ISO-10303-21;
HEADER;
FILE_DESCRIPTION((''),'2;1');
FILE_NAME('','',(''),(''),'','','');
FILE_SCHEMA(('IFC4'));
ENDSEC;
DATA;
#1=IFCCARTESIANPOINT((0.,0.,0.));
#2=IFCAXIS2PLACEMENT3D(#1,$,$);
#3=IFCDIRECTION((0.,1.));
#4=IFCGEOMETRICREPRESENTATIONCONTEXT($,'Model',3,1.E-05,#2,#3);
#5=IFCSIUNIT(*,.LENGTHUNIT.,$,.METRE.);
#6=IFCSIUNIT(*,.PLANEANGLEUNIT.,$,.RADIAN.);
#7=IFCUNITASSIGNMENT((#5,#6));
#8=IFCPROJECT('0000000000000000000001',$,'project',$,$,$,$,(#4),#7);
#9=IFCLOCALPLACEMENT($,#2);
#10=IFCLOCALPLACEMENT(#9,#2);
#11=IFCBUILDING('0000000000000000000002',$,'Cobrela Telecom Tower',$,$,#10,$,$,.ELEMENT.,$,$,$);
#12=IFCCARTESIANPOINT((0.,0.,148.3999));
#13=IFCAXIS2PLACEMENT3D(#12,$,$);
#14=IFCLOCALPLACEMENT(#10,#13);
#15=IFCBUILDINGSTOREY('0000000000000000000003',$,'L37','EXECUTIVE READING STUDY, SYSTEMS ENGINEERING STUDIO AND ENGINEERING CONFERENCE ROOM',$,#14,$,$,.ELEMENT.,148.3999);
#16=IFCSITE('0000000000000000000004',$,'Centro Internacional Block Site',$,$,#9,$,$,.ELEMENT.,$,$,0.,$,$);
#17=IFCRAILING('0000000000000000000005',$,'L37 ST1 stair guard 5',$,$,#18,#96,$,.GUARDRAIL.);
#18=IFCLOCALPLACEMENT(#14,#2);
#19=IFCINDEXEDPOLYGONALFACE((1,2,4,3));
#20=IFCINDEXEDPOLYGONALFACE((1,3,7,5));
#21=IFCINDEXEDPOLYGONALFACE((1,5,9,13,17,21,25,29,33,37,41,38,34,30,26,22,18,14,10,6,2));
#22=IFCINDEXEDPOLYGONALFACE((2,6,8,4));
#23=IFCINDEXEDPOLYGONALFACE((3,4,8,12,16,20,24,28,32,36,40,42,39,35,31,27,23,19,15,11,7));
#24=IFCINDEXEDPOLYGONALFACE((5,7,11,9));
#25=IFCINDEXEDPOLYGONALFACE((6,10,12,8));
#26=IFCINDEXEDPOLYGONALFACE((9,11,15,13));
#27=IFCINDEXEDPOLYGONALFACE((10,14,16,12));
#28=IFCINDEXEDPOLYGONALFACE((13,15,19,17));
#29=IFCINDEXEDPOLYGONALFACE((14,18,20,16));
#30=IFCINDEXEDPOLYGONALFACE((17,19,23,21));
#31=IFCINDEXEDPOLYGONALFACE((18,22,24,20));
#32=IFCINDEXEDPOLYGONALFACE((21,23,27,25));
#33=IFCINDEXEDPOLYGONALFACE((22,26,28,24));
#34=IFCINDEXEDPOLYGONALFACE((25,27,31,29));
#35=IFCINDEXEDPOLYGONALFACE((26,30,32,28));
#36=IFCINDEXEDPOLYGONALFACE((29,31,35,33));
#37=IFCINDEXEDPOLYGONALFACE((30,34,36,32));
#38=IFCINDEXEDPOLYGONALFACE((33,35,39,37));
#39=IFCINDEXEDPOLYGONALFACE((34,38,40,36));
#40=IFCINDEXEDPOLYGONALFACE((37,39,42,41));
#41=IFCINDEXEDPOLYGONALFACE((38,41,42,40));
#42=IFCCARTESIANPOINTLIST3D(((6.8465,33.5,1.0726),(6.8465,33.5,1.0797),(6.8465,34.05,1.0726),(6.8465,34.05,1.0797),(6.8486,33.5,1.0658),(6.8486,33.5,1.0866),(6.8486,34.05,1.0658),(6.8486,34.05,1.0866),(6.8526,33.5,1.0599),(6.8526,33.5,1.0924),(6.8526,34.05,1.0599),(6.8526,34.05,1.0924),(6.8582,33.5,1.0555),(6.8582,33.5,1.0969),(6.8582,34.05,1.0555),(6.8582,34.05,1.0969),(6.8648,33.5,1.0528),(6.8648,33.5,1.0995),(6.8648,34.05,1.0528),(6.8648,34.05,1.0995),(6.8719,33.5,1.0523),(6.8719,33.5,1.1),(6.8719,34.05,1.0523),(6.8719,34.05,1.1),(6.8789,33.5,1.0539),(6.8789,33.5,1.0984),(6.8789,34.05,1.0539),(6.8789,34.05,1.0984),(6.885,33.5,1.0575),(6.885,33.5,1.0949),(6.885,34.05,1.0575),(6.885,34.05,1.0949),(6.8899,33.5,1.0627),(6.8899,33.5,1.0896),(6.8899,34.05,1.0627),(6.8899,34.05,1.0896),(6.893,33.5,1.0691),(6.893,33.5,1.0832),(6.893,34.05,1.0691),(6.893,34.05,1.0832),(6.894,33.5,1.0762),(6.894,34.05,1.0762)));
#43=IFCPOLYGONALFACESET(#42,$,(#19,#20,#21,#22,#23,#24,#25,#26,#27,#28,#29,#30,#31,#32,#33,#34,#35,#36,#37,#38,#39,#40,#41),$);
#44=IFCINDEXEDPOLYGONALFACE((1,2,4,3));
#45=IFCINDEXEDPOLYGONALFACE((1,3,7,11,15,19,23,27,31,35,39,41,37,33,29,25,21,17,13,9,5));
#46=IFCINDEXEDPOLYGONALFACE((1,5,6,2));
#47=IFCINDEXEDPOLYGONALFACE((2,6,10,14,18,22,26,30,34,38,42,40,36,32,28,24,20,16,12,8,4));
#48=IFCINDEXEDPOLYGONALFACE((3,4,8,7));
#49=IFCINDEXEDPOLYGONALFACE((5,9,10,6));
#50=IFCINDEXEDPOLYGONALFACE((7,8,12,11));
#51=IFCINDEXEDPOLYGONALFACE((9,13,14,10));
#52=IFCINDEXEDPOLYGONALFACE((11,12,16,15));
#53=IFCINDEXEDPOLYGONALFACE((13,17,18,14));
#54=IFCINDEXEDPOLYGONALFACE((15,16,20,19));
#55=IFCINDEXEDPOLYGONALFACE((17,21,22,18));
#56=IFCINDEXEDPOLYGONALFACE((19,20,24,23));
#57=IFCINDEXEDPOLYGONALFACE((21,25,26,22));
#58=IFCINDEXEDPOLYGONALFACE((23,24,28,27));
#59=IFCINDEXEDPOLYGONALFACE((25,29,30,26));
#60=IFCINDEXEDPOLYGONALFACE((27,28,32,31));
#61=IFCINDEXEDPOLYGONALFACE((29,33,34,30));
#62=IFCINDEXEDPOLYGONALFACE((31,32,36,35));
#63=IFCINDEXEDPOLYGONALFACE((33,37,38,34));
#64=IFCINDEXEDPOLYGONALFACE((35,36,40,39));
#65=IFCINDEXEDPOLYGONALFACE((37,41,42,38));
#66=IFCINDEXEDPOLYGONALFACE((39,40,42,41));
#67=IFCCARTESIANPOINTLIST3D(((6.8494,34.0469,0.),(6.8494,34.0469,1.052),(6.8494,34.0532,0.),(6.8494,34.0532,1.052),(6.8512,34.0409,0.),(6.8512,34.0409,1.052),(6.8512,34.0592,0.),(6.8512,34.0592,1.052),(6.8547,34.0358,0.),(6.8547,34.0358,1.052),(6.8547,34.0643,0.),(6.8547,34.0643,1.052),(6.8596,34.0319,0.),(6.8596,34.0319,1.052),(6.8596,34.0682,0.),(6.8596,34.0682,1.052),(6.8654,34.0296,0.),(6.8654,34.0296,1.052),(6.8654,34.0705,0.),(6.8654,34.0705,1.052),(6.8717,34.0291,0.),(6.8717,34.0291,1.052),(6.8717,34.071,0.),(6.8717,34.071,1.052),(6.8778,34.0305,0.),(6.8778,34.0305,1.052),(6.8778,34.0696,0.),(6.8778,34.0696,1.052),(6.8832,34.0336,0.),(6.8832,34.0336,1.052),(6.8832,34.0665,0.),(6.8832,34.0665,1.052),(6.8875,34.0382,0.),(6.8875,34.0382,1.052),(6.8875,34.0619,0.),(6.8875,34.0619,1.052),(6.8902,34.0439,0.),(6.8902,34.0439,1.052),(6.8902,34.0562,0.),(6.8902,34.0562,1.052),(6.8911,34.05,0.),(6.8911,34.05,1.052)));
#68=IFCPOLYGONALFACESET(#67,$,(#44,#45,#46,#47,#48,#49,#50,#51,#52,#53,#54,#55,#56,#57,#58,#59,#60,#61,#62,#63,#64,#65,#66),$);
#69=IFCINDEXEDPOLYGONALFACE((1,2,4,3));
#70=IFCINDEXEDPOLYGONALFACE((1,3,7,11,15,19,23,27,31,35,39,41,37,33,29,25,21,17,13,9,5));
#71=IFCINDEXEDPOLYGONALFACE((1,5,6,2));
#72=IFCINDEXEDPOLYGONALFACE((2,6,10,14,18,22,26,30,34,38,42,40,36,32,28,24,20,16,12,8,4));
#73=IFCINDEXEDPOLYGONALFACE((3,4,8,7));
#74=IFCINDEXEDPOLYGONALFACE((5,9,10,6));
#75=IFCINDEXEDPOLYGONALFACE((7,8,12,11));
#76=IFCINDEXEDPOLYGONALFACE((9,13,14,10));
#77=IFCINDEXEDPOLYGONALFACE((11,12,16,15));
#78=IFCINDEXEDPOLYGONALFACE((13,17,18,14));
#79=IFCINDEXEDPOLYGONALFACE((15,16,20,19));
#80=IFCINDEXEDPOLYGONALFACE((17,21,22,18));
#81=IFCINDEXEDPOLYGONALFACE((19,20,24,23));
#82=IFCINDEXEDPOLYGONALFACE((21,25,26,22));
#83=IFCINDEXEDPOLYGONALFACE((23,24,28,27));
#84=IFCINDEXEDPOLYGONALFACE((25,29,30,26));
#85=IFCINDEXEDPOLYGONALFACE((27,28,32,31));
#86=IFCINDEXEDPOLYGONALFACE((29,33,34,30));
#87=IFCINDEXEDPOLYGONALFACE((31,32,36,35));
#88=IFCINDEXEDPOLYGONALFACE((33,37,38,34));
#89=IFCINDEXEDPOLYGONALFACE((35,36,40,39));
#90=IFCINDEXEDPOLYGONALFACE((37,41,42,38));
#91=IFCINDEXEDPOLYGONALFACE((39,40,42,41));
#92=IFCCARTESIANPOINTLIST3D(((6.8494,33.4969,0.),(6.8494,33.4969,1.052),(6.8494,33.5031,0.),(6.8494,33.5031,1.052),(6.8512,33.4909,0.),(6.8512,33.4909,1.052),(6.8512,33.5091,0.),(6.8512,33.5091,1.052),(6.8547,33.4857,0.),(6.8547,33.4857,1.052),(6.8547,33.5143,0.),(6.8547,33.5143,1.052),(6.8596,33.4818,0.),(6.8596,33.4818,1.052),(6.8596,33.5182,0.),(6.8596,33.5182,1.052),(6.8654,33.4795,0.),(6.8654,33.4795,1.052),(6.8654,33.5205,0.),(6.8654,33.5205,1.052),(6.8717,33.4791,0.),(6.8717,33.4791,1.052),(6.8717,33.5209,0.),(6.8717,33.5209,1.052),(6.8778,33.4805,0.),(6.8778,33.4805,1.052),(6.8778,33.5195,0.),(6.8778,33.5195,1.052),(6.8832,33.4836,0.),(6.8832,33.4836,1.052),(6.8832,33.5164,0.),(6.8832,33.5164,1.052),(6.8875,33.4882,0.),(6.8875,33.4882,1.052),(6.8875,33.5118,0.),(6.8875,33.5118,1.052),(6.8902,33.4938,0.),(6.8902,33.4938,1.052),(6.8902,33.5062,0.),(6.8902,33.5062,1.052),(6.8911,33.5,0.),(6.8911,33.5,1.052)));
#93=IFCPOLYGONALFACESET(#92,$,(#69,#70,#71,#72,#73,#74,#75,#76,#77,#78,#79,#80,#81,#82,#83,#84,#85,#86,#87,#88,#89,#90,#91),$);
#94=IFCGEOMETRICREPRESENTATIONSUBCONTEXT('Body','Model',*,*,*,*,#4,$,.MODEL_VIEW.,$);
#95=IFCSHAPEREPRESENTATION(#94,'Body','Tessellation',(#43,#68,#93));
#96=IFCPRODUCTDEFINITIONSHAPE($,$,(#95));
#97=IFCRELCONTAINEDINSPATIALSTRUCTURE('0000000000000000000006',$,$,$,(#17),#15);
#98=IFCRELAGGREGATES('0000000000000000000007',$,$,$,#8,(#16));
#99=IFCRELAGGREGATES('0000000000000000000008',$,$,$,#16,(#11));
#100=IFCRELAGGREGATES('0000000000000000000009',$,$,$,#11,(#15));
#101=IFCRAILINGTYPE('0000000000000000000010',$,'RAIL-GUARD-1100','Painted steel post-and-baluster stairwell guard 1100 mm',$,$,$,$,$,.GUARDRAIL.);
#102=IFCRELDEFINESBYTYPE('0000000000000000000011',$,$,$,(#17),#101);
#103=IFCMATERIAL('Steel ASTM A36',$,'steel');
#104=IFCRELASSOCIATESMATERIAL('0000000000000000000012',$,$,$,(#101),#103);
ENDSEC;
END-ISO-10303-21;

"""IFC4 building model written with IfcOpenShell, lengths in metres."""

from ifc_helpers import new_model, si_unit, direction, frame, origin, origin_2d, place, context, subcontext, project, spatial, circle, extrude, material, type_object, element, save


model = new_model("IFC4")

# Units and contexts
model_context = context("Model", 3, precision=1e-05, world=origin(), true_north=direction((0.0, 1.0)))
body_context = subcontext(model_context, "Body", "Model", "MODEL_VIEW")
ifc_project = project(units=[si_unit("LENGTHUNIT", "METRE"), si_unit("PLANEANGLEUNIT", "RADIAN")], contexts=[model_context])

# Site, building, storey
site_placement = place(None, origin())
site = spatial("IfcSite", under=ifc_project, at=site_placement, Name="Centro Internacional Block Site", CompositionType="ELEMENT", RefElevation=0.0)
building_placement = place(site_placement, origin())
building = spatial("IfcBuilding", under=site, at=building_placement, Name="Cobrela Telecom Tower", CompositionType="ELEMENT")
storey_placement = place(building_placement, frame((0.0, 0.0, 148.3999)))
storey = spatial("IfcBuildingStorey", under=building, at=storey_placement, Name="L37", Description="EXECUTIVE READING STUDY, SYSTEMS ENGINEERING STUDIO AND ENGINEERING CONFERENCE ROOM", CompositionType="ELEMENT", Elevation=148.3999)

# Shared definitions
ifc_material_1 = material(Name="Steel ASTM A36", Category="steel")

# Railing
railing_type_1 = type_object("IfcRailingType", Name="RAIL-GUARD-1100", Description="Painted steel post-and-baluster stairwell guard 1100 mm", PredefinedType="GUARDRAIL", material=ifc_material_1)
railing_1_placement = place(storey_placement, frame((6.8701, 34.05, 0.0)))
element("IfcRailing", 1, at=railing_1_placement, inside=storey, type_object=railing_type_1, Name="L37 ST1 stair guard 5", PredefinedType="GUARDRAIL", context=body_context, shape_type="SweptSolid", body=[
    extrude(circle(Radius=0.0239, at=origin_2d()), frame((0.0, 0.0, 1.0762), z_axis=(0.0, -1.0, 0.0), x_axis=(1.0, 0.0, 0.0)), (0.0, 0.0, 1.0), 0.55),
    extrude(circle(Radius=0.021, at=origin_2d()), origin(), (0.0, 0.0, 1.0), 1.052),
    extrude(circle(Radius=0.021, at=origin_2d()), frame((0.0, -0.55, 0.0)), (0.0, 0.0, 1.0), 1.052),
])

save(model, "model.ifc")
